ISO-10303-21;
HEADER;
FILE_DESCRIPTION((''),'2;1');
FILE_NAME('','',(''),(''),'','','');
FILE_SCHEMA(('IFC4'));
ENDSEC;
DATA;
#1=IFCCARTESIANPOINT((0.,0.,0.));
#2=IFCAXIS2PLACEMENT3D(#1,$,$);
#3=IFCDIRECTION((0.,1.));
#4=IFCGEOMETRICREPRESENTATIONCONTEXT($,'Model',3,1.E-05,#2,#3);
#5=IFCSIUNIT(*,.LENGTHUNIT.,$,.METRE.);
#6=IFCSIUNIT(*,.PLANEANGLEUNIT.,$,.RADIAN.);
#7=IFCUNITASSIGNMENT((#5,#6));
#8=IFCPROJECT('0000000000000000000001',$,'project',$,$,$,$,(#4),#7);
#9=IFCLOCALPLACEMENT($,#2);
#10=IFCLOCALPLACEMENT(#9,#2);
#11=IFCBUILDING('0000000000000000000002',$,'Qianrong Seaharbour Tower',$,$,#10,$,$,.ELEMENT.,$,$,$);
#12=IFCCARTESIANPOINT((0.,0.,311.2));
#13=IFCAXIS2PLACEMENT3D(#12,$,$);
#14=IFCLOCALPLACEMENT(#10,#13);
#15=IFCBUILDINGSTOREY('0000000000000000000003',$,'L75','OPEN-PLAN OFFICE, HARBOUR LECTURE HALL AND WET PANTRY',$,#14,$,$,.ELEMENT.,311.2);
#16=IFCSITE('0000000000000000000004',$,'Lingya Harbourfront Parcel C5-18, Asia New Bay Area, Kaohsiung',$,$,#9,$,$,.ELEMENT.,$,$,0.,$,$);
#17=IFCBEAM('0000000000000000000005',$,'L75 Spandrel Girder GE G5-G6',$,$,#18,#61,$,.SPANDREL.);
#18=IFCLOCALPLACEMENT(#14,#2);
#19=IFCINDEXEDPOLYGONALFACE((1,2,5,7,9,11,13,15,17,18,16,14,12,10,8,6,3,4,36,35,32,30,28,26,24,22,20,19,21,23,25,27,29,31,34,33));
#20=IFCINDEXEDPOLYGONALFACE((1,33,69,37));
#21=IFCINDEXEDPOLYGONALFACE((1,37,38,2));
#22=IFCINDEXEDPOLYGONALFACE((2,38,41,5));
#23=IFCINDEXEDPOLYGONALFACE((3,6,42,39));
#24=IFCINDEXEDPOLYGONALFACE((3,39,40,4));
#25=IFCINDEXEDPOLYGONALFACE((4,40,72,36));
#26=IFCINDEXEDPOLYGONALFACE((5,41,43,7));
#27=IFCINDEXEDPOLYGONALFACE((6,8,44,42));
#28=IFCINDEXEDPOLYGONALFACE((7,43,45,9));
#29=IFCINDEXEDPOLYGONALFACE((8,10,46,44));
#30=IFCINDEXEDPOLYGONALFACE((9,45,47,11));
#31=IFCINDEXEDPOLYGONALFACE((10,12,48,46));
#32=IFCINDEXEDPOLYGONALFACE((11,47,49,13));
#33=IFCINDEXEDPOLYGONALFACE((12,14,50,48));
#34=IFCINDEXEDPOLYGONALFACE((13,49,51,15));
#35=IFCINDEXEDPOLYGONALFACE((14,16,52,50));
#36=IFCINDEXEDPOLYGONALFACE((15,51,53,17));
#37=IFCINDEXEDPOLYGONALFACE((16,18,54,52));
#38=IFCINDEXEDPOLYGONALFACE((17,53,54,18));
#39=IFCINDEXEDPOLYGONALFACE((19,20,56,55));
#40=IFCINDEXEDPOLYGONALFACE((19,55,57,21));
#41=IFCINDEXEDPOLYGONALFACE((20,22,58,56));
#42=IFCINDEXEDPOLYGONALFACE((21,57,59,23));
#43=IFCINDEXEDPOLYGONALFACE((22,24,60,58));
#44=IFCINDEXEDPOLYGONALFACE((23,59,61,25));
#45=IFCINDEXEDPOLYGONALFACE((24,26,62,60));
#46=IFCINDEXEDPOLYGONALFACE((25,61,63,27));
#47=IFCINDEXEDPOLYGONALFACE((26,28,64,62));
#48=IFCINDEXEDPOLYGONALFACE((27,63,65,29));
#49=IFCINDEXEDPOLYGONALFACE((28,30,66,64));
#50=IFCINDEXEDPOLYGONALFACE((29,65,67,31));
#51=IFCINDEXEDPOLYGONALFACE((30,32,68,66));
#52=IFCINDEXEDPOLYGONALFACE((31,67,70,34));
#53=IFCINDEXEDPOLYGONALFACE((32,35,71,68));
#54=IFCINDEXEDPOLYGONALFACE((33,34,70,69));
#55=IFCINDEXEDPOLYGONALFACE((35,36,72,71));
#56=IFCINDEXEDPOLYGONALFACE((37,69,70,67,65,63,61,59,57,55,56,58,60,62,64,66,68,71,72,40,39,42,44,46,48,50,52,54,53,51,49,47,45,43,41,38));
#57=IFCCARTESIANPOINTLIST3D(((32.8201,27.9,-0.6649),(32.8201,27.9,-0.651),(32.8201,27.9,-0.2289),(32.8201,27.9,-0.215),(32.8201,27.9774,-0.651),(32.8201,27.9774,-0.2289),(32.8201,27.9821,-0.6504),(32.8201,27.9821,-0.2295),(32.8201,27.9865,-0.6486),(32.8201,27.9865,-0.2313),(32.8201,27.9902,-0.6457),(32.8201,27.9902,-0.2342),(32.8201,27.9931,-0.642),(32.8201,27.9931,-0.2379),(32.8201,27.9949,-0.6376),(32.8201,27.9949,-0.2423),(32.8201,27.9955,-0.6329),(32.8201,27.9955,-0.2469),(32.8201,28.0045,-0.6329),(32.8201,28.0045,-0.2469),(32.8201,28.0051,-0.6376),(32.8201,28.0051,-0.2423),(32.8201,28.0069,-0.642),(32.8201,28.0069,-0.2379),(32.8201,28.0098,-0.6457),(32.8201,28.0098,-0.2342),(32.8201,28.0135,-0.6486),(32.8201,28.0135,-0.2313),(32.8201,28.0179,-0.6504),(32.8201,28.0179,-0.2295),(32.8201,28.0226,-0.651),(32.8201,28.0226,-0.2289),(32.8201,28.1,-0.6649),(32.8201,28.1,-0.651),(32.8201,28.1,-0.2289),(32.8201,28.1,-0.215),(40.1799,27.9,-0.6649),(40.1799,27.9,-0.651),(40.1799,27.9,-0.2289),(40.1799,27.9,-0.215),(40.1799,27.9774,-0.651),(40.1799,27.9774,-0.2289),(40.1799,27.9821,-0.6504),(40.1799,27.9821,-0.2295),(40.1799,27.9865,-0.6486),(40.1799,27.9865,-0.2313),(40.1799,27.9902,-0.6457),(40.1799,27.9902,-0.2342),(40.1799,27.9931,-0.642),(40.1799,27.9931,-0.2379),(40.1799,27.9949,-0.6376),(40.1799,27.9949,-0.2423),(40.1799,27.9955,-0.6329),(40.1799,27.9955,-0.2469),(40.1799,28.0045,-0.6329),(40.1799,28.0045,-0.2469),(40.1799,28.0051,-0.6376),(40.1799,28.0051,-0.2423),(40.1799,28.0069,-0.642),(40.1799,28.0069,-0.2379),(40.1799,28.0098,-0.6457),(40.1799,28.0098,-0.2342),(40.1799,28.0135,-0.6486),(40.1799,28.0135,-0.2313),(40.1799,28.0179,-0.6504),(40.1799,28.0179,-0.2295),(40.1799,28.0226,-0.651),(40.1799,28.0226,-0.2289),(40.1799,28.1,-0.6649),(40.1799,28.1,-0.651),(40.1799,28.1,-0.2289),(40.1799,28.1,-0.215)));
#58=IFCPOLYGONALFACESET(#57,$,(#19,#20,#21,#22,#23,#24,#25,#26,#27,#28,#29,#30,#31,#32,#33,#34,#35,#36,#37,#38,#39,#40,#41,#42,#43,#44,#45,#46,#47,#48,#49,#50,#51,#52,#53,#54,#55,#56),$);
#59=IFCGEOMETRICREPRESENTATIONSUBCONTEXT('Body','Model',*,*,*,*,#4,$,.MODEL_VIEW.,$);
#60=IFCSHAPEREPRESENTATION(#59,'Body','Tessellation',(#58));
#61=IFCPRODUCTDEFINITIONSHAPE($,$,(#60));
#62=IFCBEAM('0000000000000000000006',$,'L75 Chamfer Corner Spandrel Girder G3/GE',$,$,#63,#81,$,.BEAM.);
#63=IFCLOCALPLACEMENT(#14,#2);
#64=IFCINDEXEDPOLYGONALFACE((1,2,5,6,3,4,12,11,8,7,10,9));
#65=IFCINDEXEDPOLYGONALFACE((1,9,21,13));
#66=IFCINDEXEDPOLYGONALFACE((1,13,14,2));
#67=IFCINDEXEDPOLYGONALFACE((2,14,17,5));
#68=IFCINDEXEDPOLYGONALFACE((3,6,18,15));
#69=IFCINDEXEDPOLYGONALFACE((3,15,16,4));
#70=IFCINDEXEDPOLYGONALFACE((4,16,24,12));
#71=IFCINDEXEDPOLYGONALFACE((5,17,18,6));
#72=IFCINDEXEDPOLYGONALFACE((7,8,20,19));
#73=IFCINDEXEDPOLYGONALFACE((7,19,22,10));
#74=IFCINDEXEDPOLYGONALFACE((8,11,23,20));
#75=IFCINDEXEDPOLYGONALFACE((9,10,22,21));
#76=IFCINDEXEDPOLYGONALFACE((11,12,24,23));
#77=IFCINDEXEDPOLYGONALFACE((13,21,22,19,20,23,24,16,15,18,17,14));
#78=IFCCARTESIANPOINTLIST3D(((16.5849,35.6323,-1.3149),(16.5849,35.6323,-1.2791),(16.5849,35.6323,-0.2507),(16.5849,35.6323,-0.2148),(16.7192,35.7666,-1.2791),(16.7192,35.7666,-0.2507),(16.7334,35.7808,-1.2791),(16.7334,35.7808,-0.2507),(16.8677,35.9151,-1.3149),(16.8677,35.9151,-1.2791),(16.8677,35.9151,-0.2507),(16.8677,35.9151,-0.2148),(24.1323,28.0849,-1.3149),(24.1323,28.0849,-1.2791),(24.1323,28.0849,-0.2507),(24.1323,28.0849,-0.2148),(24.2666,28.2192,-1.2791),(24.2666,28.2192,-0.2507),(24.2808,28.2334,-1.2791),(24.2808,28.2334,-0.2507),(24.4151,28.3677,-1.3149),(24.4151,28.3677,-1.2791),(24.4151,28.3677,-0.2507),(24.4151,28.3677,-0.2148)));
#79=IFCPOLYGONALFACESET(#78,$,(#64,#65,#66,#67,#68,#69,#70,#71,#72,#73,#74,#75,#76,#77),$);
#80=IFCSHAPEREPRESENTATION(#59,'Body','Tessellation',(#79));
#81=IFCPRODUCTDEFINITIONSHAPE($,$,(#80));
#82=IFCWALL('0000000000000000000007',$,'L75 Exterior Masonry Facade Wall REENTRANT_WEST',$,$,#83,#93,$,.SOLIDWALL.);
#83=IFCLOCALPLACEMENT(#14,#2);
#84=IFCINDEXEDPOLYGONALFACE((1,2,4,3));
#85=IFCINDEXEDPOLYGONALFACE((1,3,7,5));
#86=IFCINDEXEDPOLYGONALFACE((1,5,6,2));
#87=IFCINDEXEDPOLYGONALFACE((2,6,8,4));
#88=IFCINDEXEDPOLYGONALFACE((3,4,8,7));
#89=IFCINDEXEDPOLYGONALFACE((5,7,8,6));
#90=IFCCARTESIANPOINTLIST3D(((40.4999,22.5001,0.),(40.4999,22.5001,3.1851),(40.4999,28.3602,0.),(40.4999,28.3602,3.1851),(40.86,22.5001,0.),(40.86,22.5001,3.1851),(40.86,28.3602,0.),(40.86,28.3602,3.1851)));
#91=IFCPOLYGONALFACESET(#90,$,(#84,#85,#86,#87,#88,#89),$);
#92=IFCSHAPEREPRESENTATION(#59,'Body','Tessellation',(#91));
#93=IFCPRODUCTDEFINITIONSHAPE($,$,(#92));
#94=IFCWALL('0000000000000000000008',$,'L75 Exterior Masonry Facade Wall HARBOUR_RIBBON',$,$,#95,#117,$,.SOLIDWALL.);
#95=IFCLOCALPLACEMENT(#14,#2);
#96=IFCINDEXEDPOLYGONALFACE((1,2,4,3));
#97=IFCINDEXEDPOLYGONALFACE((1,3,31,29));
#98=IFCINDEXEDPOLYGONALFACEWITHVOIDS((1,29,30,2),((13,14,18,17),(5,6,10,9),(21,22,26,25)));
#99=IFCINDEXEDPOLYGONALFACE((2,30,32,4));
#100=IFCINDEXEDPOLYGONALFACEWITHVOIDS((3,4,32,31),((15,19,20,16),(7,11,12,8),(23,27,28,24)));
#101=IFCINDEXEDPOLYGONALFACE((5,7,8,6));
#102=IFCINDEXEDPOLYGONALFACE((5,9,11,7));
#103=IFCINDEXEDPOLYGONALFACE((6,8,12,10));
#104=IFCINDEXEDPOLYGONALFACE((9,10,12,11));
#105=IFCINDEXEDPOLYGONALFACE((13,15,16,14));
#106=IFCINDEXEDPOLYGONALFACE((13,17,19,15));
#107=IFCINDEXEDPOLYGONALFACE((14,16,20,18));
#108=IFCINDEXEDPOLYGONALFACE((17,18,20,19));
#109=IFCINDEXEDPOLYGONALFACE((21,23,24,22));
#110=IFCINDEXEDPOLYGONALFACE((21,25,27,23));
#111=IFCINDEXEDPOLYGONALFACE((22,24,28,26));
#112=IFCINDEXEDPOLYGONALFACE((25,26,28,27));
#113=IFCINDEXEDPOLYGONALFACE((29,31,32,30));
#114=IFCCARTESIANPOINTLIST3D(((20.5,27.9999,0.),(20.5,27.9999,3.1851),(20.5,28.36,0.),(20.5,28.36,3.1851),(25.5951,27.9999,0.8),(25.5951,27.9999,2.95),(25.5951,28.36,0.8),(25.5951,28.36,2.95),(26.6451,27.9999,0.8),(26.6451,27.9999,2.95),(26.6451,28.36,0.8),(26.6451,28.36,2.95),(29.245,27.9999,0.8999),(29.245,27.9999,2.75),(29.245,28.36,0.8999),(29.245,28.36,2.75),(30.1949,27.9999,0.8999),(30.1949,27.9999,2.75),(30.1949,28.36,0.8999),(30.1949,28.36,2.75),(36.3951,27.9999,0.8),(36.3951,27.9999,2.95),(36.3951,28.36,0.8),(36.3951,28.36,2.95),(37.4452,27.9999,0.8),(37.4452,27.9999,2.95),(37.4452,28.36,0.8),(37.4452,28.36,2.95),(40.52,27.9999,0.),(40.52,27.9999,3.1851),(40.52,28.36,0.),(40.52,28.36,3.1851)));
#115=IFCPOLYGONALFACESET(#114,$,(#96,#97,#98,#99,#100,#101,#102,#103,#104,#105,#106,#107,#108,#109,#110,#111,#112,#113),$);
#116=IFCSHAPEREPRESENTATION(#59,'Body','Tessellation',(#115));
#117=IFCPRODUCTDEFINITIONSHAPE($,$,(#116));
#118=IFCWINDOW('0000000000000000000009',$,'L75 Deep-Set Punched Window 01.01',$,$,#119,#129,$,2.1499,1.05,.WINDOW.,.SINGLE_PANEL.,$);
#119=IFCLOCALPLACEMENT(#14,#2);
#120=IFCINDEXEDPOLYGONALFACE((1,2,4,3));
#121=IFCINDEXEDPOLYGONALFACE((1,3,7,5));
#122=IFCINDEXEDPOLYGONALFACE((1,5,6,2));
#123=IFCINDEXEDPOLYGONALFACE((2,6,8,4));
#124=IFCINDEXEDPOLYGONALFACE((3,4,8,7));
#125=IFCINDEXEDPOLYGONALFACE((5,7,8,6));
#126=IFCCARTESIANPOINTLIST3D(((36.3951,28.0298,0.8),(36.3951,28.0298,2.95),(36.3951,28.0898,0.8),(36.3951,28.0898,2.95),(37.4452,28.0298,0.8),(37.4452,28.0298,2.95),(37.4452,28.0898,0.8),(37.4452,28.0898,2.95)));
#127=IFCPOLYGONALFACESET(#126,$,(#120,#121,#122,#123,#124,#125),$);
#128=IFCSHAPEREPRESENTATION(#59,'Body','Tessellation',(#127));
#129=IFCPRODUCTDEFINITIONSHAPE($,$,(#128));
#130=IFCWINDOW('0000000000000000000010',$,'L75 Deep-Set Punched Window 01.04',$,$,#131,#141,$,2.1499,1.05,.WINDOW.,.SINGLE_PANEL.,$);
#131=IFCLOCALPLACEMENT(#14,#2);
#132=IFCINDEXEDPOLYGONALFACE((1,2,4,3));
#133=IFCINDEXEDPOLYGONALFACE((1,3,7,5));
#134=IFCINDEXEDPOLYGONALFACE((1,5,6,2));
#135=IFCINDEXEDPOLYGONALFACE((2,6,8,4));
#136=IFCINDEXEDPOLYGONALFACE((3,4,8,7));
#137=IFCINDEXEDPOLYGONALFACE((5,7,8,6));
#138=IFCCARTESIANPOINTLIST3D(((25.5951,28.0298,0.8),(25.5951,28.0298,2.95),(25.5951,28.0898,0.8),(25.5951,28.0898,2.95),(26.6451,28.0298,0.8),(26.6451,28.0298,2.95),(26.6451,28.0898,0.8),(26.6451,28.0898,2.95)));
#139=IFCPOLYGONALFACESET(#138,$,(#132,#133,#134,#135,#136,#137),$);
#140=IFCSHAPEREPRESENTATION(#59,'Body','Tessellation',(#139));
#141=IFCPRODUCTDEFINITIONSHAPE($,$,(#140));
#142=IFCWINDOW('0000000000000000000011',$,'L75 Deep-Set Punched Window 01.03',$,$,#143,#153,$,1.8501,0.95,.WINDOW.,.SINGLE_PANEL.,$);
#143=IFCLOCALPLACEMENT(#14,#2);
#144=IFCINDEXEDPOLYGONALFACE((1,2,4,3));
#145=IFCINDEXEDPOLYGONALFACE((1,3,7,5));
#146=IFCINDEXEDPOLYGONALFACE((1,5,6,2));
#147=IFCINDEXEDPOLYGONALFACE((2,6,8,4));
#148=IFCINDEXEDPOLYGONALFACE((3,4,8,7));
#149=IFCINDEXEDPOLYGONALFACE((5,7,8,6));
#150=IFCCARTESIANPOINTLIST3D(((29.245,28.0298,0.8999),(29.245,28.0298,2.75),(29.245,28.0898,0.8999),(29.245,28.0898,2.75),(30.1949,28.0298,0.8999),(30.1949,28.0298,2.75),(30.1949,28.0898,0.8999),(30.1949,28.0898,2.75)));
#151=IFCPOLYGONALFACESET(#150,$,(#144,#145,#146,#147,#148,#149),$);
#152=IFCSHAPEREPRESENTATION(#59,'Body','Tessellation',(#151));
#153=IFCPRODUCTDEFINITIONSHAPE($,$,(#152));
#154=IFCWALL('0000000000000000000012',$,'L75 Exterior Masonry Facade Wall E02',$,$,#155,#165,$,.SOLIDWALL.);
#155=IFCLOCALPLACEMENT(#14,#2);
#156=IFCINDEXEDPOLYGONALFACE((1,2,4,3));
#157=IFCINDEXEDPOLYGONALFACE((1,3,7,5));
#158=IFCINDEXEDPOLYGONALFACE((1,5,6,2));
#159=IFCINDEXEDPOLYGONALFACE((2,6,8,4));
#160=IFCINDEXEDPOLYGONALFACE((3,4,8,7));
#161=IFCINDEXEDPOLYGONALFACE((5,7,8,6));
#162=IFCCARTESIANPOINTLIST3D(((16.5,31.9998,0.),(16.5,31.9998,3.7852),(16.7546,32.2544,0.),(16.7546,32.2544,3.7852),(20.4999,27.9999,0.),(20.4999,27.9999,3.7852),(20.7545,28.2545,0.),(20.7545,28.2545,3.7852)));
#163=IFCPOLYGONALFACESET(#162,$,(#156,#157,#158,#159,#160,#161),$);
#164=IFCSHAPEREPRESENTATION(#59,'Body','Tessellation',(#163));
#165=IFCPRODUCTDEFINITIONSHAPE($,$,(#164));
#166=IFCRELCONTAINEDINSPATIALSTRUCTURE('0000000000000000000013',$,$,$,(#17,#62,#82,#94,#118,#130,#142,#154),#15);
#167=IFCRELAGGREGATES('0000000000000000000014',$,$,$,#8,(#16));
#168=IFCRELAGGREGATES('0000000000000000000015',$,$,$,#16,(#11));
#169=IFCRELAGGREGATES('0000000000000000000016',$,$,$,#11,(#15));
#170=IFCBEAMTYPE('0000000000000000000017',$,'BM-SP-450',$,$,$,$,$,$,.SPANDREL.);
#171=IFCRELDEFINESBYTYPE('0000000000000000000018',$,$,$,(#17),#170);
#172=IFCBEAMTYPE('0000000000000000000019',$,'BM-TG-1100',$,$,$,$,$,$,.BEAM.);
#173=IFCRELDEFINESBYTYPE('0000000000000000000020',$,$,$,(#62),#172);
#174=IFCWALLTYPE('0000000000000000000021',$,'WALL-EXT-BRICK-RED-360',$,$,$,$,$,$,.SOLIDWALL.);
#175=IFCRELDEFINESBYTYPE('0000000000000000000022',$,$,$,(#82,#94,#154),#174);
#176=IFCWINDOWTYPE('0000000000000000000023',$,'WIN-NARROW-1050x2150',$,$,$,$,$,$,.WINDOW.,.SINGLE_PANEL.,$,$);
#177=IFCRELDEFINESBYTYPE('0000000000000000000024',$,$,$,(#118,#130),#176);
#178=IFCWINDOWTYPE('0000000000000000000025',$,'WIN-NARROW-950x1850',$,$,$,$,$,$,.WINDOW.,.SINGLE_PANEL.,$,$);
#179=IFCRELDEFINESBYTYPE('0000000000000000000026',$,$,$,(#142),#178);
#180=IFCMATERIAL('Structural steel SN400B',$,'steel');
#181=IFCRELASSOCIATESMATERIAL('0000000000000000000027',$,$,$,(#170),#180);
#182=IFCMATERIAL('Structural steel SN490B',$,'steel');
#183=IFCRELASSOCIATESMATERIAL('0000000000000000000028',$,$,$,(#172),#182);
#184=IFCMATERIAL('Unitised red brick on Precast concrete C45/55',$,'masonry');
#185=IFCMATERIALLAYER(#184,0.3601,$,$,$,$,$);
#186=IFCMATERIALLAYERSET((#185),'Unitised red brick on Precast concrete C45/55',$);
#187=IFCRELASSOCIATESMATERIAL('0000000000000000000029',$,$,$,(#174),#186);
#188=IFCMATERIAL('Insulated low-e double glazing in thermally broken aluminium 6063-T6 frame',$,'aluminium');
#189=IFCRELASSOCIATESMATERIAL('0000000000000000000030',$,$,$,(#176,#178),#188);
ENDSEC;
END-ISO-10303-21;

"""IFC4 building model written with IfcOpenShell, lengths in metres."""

from ifc_helpers import new_model, si_unit, direction, frame, frame_2d, origin, origin_2d, place, context, subcontext, project, spatial, rectangle, i_section, extrude, material, layer, layer_set, material_profile, profile_set, type_object, element, fill, save


model = new_model("IFC4")

# Units and contexts
model_context = context("Model", 3, precision=1e-05, world=origin(), true_north=direction((0.0, 1.0)))
body_context = subcontext(model_context, "Body", "Model", "MODEL_VIEW")
ifc_project = project(units=[si_unit("LENGTHUNIT", "METRE"), si_unit("PLANEANGLEUNIT", "RADIAN")], contexts=[model_context])

# Site, building, storey
site_placement = place(None, origin())
site = spatial("IfcSite", under=ifc_project, at=site_placement, Name="Lingya Harbourfront Parcel C5-18, Asia New Bay Area, Kaohsiung", CompositionType="ELEMENT", RefElevation=0.0)
building_placement = place(site_placement, origin())
building = spatial("IfcBuilding", under=site, at=building_placement, Name="Qianrong Seaharbour Tower", CompositionType="ELEMENT")
storey_placement = place(building_placement, frame((0.0, 0.0, 311.2)))
storey = spatial("IfcBuildingStorey", under=building, at=storey_placement, Name="L75", Description="OPEN-PLAN OFFICE, HARBOUR LECTURE HALL AND WET PANTRY", CompositionType="ELEMENT", Elevation=311.2)

# Shared definitions
ifc_material_1 = material(Name="Structural steel SN490B", Category="steel")
ifc_material_2 = material(Name="Structural steel SN400B", Category="steel")

# Beams
ifc_material_profile_1 = material_profile(ifc_material_2, i_section(OverallWidth=0.2, OverallDepth=0.45, WebThickness=0.009, FlangeThickness=0.0139, FilletRadius=0.0181, at=origin_2d()), Name="H450x200x9x14")
ifc_profile_set_1 = profile_set([ifc_material_profile_1], Name="Structural steel SN400B")
beam_type_1 = type_object("IfcBeamType", Name="BM-SP-450", PredefinedType="SPANDREL", material=ifc_profile_set_1)
for number, where, z_axis, x_axis, name in (
    (1, (32.8201, 28.0, -0.4399), (1.0, 0.0, 0.0), (0.0, 1.0, 0.0), "L75 Spandrel Girder GE G5-G6"),
):
    element("IfcBeam", number, at=place(storey_placement, frame(where, z_axis=z_axis, x_axis=x_axis)), inside=storey, type_object=beam_type_1, Name=name, PredefinedType="SPANDREL", context=body_context, shape_type="SweptSolid", body=[
        extrude(i_section(OverallWidth=0.2, OverallDepth=0.45, WebThickness=0.009, FlangeThickness=0.0139, FilletRadius=0.0181, at=origin_2d()), origin(), (0.0, 0.0, 1.0), 7.3599),
    ])
ifc_material_profile_2 = material_profile(ifc_material_1, i_section(OverallWidth=0.3999, OverallDepth=1.1001, WebThickness=0.02, FlangeThickness=0.0359, at=origin_2d()), Name="BH1100x400x20x36")
ifc_profile_set_2 = profile_set([ifc_material_profile_2], Name="Structural steel SN490B")
beam_type_2 = type_object("IfcBeamType", Name="BM-TG-1100", PredefinedType="BEAM", material=ifc_profile_set_2)
beam_placement = place(storey_placement, frame((24.2737, 28.2263, -0.7649), z_axis=(-0.707107, 0.707107, 0.0), x_axis=(-0.707107, -0.707107, 0.0)))
element("IfcBeam", 2, at=beam_placement, inside=storey, type_object=beam_type_2, Name="L75 Chamfer Corner Spandrel Girder G3/GE", PredefinedType="BEAM", context=body_context, shape_type="SweptSolid", body=[
    extrude(i_section(OverallWidth=0.3999, OverallDepth=1.1001, WebThickness=0.02, FlangeThickness=0.0359, at=origin_2d()), origin(), (0.0, 0.0, 1.0), 10.6736),
])

# Wall
ifc_material_3 = material(Name="Unitised red brick on Precast concrete C45/55", Category="masonry")
ifc_layer_1 = layer(ifc_material_3, 0.3601)
ifc_layer_set_1 = layer_set([ifc_layer_1], Name="Unitised red brick on Precast concrete C45/55")
wall_type_1 = type_object("IfcWallType", Name="WALL-EXT-BRICK-RED-360", PredefinedType="SOLIDWALL", material=ifc_layer_set_1)
wall_1_placement = place(storey_placement, frame((40.6799, 22.5, 0.0), z_axis=(0.0, 0.0, 1.0), x_axis=(0.0, 1.0, 0.0)))
element("IfcWall", 3, at=wall_1_placement, inside=storey, type_object=wall_type_1, Name="L75 Exterior Masonry Facade Wall REENTRANT_WEST", PredefinedType="SOLIDWALL", context=body_context, shape_type="SweptSolid", body=[
    extrude(rectangle(XDim=5.8601, YDim=0.3601, at=frame_2d((2.9302, 0.0))), origin(), (0.0, 0.0, 1.0), 3.1851),
])

# Wall, openings, windows
wall_2_placement = place(storey_placement, frame((40.52, 28.1799, 0.0), z_axis=(0.0, 0.0, 1.0), x_axis=(-1.0, 0.0, 0.0)))
wall_2 = element("IfcWall", 4, at=wall_2_placement, inside=storey, type_object=wall_type_1, Name="L75 Exterior Masonry Facade Wall HARBOUR_RIBBON", PredefinedType="SOLIDWALL", context=body_context, shape_type="SweptSolid", body=[
    extrude(rectangle(XDim=20.02, YDim=0.3601, at=frame_2d((10.01, 0.0))), origin(), (0.0, 0.0, 1.0), 3.1851),
])
opening_1_placement = place(wall_2_placement, frame((3.075, 0.0, 0.8)))
opening_1 = element("IfcOpeningElement", 5, at=opening_1_placement, cuts=wall_2, PredefinedType="OPENING", context=body_context, shape_type="SweptSolid", body=[
    extrude(rectangle(XDim=1.05, YDim=2.1499, at=frame_2d((0.5249, 1.075))), frame((0.0, 0.1899, 0.0), z_axis=(0.0, -1.0, 0.0), x_axis=(1.0, 0.0, 0.0)), (0.0, 0.0, 1.0), 0.3801),
])
opening_2_placement = place(wall_2_placement, frame((10.325, 0.0, 0.8999)))
opening_2 = element("IfcOpeningElement", 6, at=opening_2_placement, cuts=wall_2, PredefinedType="OPENING", context=body_context, shape_type="SweptSolid", body=[
    extrude(rectangle(XDim=0.95, YDim=1.8501, at=frame_2d((0.4751, 0.925))), frame((0.0, 0.1899, 0.0), z_axis=(0.0, -1.0, 0.0), x_axis=(1.0, 0.0, 0.0)), (0.0, 0.0, 1.0), 0.3801),
])
opening_3_placement = place(wall_2_placement, frame((13.875, 0.0, 0.8)))
opening_3 = element("IfcOpeningElement", 7, at=opening_3_placement, cuts=wall_2, PredefinedType="OPENING", context=body_context, shape_type="SweptSolid", body=[
    extrude(rectangle(XDim=1.05, YDim=2.1499, at=frame_2d((0.5249, 1.075))), frame((0.0, 0.1899, 0.0), z_axis=(0.0, -1.0, 0.0), x_axis=(1.0, 0.0, 0.0)), (0.0, 0.0, 1.0), 0.3801),
])
ifc_material_4 = material(Name="Insulated low-e double glazing in thermally broken aluminium 6063-T6 frame", Category="aluminium")
window_type_1 = type_object("IfcWindowType", Name="WIN-NARROW-1050x2150", PartitioningType="SINGLE_PANEL", PredefinedType="WINDOW", material=ifc_material_4)
window_1_placement = place(opening_1_placement, origin())
window_1 = element("IfcWindow", 8, at=window_1_placement, inside=storey, type_object=window_type_1, Name="L75 Deep-Set Punched Window 01.01", OverallHeight=2.1499, OverallWidth=1.05, PartitioningType="SINGLE_PANEL", PredefinedType="WINDOW", context=body_context, shape_type="SweptSolid", body=[
    extrude(rectangle(XDim=1.05, YDim=2.1499, at=frame_2d((0.5249, 1.075))), frame((0.0, 0.1501, 0.0), z_axis=(0.0, -1.0, 0.0), x_axis=(1.0, 0.0, 0.0)), (0.0, 0.0, 1.0), 0.0601),
])
fill(opening_1, window_1)
window_2_placement = place(opening_3_placement, origin())
window_2 = element("IfcWindow", 9, at=window_2_placement, inside=storey, type_object=window_type_1, Name="L75 Deep-Set Punched Window 01.04", OverallHeight=2.1499, OverallWidth=1.05, PartitioningType="SINGLE_PANEL", PredefinedType="WINDOW", context=body_context, shape_type="SweptSolid", body=[
    extrude(rectangle(XDim=1.05, YDim=2.1499, at=frame_2d((0.5249, 1.075))), frame((0.0, 0.1501, 0.0), z_axis=(0.0, -1.0, 0.0), x_axis=(1.0, 0.0, 0.0)), (0.0, 0.0, 1.0), 0.0601),
])
fill(opening_3, window_2)
window_type_2 = type_object("IfcWindowType", Name="WIN-NARROW-950x1850", PartitioningType="SINGLE_PANEL", PredefinedType="WINDOW", material=ifc_material_4)
window_3_placement = place(opening_2_placement, origin())
window_3 = element("IfcWindow", 10, at=window_3_placement, inside=storey, type_object=window_type_2, Name="L75 Deep-Set Punched Window 01.03", OverallHeight=1.8501, OverallWidth=0.95, PartitioningType="SINGLE_PANEL", PredefinedType="WINDOW", context=body_context, shape_type="SweptSolid", body=[
    extrude(rectangle(XDim=0.95, YDim=1.8501, at=frame_2d((0.4751, 0.925))), frame((0.0, 0.1501, 0.0), z_axis=(0.0, -1.0, 0.0), x_axis=(1.0, 0.0, 0.0)), (0.0, 0.0, 1.0), 0.0601),
])
fill(opening_2, window_3)

# Wall
wall_3_placement = place(storey_placement, frame((20.6272, 28.1272, 0.0), z_axis=(0.0, 0.0, 1.0), x_axis=(-0.707107, 0.707107, 0.0)))
element("IfcWall", 11, at=wall_3_placement, inside=storey, type_object=wall_type_1, Name="L75 Exterior Masonry Facade Wall E02", PredefinedType="SOLIDWALL", context=body_context, shape_type="SweptSolid", body=[
    extrude(rectangle(XDim=5.6567, YDim=0.3601, at=frame_2d((2.8284, 0.0))), origin(), (0.0, 0.0, 1.0), 3.7852),
])

save(model, "model.ifc")
